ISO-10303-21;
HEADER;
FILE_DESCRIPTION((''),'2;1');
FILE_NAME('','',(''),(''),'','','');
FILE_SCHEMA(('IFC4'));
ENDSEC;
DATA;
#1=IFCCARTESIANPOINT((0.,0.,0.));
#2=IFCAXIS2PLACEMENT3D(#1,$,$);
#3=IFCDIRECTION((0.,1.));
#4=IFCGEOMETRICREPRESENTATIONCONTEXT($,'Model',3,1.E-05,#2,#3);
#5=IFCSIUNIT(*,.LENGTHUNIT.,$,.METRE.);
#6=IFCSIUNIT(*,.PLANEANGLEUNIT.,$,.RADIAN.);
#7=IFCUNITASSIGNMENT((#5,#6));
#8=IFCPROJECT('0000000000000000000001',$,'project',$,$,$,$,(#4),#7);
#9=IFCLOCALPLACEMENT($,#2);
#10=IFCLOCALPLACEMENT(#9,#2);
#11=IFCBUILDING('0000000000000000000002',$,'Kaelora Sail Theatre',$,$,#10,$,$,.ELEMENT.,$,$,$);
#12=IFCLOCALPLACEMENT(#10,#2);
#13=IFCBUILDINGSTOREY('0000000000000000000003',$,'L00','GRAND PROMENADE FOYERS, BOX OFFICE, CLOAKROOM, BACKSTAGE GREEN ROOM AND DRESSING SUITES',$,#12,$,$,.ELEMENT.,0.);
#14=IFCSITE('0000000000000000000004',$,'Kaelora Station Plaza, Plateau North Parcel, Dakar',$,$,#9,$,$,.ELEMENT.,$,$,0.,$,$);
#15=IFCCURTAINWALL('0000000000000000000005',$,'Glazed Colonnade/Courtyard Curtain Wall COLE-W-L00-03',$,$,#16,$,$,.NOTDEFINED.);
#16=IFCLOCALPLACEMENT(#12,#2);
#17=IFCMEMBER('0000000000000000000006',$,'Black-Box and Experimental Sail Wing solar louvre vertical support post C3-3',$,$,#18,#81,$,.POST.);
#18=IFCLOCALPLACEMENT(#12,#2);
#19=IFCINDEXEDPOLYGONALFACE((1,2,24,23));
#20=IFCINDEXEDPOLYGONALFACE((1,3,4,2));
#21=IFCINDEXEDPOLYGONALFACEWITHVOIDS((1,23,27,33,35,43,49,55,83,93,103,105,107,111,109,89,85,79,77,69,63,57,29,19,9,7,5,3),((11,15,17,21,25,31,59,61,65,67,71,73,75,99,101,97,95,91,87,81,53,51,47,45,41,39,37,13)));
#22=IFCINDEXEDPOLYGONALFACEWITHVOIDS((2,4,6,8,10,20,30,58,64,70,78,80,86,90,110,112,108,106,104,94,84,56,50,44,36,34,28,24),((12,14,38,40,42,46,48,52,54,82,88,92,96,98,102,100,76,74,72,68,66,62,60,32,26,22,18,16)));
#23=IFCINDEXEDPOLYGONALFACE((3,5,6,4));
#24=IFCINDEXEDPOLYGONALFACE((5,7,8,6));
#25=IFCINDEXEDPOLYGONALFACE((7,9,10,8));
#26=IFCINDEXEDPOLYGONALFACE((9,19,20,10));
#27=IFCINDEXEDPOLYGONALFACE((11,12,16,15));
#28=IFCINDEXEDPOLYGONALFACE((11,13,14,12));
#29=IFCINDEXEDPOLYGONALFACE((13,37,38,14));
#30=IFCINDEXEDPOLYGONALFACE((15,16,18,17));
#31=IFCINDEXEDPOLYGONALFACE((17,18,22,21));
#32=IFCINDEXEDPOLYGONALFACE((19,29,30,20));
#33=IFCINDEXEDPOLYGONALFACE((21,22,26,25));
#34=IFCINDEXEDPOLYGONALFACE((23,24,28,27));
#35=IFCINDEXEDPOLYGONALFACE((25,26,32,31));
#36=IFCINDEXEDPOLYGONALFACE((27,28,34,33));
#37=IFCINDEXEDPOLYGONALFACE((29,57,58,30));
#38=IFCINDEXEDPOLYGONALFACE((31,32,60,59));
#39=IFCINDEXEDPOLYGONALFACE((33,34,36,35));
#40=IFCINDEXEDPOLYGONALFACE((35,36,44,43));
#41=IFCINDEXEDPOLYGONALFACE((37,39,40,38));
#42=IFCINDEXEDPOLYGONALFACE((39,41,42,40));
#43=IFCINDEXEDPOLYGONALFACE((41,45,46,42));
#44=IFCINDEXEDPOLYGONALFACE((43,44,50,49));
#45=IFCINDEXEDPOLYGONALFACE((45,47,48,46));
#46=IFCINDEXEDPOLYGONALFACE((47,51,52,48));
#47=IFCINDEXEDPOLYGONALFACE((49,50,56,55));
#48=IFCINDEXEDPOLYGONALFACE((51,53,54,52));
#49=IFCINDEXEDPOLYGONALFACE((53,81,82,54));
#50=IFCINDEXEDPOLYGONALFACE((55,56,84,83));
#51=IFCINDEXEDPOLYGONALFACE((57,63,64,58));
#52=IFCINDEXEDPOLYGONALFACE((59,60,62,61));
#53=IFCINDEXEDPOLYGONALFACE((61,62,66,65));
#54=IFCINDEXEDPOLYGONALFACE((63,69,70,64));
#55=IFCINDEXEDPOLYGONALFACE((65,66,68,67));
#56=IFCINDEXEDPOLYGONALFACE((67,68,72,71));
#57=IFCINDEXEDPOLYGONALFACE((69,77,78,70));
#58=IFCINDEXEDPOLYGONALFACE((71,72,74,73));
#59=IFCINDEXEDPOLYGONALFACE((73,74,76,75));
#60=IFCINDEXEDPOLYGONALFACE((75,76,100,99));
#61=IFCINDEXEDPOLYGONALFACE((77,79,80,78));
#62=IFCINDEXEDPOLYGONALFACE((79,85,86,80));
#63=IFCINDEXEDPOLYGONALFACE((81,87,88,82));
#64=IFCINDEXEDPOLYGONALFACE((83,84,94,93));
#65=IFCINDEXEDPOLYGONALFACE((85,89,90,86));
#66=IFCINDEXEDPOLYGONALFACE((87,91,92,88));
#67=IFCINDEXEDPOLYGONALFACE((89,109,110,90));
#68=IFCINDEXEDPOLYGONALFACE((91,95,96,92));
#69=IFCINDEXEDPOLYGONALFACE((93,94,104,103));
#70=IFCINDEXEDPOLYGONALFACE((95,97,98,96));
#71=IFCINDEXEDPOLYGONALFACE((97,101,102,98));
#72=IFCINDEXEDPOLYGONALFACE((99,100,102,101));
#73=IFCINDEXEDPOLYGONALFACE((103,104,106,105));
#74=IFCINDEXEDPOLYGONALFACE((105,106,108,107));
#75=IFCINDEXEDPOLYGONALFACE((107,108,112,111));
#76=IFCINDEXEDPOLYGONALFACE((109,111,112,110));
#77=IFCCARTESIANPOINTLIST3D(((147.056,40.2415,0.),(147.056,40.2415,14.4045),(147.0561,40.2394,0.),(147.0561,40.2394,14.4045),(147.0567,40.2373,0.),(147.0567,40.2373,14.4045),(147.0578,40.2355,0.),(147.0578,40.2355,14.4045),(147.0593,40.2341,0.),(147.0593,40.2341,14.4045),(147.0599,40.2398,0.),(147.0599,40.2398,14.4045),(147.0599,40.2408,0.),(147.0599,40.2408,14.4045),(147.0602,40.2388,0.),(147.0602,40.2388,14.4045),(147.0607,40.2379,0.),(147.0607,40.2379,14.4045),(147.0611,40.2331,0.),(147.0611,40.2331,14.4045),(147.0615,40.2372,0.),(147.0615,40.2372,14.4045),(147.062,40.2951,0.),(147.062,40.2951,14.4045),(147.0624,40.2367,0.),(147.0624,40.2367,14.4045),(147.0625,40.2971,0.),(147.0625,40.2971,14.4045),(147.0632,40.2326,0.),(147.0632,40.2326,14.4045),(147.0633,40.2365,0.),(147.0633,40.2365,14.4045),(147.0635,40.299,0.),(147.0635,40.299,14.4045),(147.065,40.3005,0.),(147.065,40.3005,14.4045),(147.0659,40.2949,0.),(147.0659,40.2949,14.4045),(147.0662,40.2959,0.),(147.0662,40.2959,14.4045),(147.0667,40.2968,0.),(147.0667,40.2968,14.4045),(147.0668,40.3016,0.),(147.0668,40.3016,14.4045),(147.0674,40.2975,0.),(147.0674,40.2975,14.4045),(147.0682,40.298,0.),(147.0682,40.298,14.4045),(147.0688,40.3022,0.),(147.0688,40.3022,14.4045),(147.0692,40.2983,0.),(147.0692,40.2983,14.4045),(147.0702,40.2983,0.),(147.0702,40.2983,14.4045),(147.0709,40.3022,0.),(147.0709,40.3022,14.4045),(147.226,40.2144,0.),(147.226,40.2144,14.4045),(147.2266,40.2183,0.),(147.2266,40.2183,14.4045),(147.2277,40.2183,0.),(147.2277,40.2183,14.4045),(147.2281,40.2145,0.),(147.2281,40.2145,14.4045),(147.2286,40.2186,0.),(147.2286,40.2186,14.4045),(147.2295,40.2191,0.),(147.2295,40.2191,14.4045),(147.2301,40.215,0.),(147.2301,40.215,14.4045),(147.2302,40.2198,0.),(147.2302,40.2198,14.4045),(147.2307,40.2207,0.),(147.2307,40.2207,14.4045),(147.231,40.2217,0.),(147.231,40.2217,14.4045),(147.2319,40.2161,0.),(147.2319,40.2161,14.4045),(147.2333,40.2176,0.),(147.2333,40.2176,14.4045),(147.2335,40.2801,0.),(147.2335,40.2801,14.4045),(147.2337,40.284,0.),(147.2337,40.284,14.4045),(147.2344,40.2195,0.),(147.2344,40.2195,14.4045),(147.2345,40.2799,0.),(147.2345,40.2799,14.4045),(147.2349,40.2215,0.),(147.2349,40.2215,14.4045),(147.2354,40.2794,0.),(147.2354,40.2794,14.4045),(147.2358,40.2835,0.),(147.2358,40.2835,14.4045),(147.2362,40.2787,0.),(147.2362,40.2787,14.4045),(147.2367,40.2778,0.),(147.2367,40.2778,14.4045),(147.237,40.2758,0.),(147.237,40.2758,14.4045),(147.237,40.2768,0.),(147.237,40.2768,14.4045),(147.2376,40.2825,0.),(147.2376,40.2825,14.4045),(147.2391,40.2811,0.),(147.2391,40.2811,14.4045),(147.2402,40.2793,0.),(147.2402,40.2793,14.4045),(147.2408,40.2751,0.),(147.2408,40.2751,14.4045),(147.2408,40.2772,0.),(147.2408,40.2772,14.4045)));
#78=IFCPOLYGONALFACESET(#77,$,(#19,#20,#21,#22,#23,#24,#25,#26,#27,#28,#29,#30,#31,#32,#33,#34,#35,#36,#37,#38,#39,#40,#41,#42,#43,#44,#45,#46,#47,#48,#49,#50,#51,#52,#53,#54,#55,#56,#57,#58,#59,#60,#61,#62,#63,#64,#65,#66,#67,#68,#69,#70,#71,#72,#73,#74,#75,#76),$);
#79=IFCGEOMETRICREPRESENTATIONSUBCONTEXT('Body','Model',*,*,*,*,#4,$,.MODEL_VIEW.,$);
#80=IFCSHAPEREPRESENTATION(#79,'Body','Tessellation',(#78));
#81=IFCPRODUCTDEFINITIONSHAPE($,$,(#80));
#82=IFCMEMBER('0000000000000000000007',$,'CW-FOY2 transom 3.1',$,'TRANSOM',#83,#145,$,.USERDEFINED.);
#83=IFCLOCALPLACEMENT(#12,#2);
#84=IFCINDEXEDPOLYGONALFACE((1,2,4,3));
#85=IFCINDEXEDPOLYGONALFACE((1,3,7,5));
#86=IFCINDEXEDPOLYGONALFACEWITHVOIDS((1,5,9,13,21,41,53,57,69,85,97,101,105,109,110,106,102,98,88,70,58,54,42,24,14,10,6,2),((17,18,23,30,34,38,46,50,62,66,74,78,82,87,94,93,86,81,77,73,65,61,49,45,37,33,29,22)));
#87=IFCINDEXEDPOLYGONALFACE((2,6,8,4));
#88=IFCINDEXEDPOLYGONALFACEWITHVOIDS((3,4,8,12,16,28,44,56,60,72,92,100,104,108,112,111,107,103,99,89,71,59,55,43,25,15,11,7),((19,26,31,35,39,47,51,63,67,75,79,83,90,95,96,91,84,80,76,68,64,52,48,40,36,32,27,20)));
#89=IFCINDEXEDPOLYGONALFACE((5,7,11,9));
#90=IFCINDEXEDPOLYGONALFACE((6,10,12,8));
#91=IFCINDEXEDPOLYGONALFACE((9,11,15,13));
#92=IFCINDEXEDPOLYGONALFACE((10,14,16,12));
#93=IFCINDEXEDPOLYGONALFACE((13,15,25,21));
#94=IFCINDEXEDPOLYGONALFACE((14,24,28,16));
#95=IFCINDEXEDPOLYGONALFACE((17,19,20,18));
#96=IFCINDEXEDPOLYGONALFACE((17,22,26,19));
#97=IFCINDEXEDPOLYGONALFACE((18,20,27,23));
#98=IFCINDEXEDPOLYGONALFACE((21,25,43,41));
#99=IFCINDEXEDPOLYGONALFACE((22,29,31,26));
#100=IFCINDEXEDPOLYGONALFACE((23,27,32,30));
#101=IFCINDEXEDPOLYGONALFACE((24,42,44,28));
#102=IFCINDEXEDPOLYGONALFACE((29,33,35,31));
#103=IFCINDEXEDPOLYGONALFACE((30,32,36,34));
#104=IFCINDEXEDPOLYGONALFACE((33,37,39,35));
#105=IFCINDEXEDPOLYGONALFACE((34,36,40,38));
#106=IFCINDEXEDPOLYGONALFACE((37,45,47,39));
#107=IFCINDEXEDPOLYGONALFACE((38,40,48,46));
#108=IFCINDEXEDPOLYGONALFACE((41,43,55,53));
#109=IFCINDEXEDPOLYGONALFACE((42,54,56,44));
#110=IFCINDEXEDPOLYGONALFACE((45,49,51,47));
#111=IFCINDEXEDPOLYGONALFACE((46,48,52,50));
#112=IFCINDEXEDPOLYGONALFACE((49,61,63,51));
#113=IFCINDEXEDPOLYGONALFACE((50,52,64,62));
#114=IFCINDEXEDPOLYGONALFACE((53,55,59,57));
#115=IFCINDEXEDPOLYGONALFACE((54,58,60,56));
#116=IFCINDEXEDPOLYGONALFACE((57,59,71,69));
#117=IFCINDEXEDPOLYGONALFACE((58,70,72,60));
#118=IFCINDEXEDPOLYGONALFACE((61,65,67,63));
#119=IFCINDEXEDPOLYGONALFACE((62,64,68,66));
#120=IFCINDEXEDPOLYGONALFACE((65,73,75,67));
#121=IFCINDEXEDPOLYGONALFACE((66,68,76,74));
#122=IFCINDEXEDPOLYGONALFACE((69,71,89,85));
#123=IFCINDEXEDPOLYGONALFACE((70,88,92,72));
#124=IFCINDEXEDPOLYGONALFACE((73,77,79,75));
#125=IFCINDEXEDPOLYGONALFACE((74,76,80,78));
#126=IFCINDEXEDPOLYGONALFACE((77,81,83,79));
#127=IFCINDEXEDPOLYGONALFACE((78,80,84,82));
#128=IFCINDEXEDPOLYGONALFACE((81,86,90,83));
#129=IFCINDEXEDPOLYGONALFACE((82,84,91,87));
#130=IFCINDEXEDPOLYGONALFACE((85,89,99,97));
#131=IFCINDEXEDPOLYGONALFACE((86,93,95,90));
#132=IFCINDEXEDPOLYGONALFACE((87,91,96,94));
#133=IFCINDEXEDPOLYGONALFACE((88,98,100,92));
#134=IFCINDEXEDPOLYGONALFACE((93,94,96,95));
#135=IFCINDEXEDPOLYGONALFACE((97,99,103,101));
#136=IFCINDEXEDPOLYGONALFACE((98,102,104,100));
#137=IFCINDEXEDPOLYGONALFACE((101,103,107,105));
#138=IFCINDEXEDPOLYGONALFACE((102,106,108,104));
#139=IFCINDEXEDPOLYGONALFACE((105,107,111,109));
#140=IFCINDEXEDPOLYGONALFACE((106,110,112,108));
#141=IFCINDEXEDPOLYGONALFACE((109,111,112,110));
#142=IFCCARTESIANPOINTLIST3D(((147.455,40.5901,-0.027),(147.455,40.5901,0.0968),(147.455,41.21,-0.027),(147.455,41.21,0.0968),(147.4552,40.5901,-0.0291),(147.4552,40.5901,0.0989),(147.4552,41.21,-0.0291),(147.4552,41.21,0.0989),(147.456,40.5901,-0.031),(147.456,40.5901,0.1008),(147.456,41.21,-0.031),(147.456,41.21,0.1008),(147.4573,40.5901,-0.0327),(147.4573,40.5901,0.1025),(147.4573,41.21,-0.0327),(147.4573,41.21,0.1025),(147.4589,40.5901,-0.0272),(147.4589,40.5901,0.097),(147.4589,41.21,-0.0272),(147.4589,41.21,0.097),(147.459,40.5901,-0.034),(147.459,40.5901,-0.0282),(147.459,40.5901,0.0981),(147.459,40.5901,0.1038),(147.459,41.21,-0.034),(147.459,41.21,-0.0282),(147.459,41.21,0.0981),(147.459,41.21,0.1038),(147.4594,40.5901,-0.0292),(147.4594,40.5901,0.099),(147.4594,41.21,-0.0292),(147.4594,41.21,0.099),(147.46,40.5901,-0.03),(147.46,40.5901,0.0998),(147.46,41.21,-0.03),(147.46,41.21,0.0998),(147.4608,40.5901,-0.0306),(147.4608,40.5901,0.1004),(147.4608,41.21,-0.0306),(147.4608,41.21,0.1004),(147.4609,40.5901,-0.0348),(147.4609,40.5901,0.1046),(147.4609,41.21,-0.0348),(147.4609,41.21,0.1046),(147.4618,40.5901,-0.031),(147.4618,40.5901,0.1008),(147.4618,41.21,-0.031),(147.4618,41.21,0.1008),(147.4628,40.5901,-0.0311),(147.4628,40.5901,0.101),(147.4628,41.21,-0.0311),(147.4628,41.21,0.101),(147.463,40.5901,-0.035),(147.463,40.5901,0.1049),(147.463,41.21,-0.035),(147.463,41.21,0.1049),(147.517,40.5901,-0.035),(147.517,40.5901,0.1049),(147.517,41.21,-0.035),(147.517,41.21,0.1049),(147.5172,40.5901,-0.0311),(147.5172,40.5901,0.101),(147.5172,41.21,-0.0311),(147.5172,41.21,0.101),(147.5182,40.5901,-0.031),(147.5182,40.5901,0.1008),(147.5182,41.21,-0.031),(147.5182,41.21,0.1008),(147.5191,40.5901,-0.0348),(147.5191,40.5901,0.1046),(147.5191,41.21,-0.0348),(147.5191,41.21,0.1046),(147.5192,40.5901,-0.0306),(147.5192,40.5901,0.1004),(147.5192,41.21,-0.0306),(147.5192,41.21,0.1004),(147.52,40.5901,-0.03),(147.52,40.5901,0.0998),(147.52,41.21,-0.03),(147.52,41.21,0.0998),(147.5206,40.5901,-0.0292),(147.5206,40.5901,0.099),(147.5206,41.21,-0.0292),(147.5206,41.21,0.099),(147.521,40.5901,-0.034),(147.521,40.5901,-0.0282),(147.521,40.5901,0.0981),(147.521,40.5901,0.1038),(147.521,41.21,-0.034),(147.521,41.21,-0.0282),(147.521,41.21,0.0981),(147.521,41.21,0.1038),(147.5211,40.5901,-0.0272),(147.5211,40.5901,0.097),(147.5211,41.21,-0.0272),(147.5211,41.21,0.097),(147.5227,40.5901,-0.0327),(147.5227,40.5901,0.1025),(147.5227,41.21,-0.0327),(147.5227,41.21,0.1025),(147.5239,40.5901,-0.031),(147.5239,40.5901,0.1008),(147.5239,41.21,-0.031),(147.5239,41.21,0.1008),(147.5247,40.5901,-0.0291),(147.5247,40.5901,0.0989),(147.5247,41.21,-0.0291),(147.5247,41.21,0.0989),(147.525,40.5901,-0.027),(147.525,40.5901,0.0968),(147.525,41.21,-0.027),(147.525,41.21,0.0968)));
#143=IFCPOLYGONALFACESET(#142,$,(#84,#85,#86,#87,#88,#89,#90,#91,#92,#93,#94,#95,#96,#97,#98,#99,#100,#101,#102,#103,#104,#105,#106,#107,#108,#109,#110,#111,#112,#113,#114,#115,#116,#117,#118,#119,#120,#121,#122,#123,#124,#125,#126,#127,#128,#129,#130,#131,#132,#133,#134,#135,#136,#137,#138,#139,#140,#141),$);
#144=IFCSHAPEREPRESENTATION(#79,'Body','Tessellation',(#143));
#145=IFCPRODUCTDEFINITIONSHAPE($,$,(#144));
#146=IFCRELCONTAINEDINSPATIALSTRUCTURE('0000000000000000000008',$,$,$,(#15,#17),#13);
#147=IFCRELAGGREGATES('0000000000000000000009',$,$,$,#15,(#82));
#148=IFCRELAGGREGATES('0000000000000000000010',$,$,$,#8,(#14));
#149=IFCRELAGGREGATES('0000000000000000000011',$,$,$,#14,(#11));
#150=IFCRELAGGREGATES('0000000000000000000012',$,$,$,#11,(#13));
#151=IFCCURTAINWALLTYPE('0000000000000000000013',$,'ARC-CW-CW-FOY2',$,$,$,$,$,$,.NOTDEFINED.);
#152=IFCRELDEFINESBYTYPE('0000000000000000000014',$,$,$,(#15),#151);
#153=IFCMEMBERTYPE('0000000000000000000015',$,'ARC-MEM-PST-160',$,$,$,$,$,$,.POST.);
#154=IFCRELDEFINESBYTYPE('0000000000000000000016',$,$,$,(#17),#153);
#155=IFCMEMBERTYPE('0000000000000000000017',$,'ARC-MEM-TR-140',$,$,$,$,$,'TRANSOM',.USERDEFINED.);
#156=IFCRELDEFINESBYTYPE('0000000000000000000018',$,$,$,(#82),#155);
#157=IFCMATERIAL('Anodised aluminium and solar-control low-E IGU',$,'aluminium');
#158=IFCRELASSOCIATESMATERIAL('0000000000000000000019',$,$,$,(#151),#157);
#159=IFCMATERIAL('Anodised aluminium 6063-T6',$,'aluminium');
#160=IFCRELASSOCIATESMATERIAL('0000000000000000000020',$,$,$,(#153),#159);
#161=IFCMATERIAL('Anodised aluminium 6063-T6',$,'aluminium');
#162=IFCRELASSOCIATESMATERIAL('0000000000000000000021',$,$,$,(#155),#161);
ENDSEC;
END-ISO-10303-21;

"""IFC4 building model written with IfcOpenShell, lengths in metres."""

from ifc_helpers import new_model, si_unit, direction, frame, origin, origin_2d, place, context, subcontext, project, spatial, hollow_rectangle, extrude, material, material_profile, profile_set, type_object, element, aggregate, save


model = new_model("IFC4")

# Units and contexts
model_context = context("Model", 3, precision=1e-05, world=origin(), true_north=direction((0.0, 1.0)))
body_context = subcontext(model_context, "Body", "Model", "MODEL_VIEW")
ifc_project = project(units=[si_unit("LENGTHUNIT", "METRE"), si_unit("PLANEANGLEUNIT", "RADIAN")], contexts=[model_context])

# Site, building, storey
site_placement = place(None, origin())
site = spatial("IfcSite", under=ifc_project, at=site_placement, Name="Kaelora Station Plaza, Plateau North Parcel, Dakar", CompositionType="ELEMENT", RefElevation=0.0)
building_placement = place(site_placement, origin())
building = spatial("IfcBuilding", under=site, at=building_placement, Name="Kaelora Sail Theatre", CompositionType="ELEMENT")
storey_placement = place(building_placement, origin())
storey = spatial("IfcBuildingStorey", under=building, at=storey_placement, Name="L00", Description="GRAND PROMENADE FOYERS, BOX OFFICE, CLOAKROOM, BACKSTAGE GREEN ROOM AND DRESSING SUITES", CompositionType="ELEMENT", Elevation=0.0)

# Curtain wall
ifc_material_1 = material(Name="Anodised aluminium and solar-control low-E IGU", Category="aluminium")
curtain_wall_type = type_object("IfcCurtainWallType", Name="ARC-CW-CW-FOY2", PredefinedType="NOTDEFINED", material=ifc_material_1)
curtain_wall_placement = place(storey_placement, origin())
curtain_wall = element("IfcCurtainWall", 1, at=curtain_wall_placement, inside=storey, type_object=curtain_wall_type, Name="Glazed Colonnade/Courtyard Curtain Wall COLE-W-L00-03", PredefinedType="NOTDEFINED")

# Members
ifc_material_2 = material(Name="Anodised aluminium 6063-T6", Category="aluminium")
ifc_material_profile_1 = material_profile(ifc_material_2, hollow_rectangle(XDim=0.0701, YDim=0.1799, WallThickness=0.0039, InnerFilletRadius=0.0039, OuterFilletRadius=0.0081, at=origin_2d()), Name="ALU-MULL 70x180x4")
ifc_profile_set_1 = profile_set([ifc_material_profile_1], Name="Anodised aluminium 6063-T6")
member_type_1 = type_object("IfcMemberType", Name="ARC-MEM-PST-160", PredefinedType="POST", material=ifc_profile_set_1)
member_1_placement = place(storey_placement, frame((147.1484, 40.2583, 0.0), z_axis=(0.0, 0.0, 1.0), x_axis=(-0.110775, -0.993845, 0.0)))
element("IfcMember", 2, at=member_1_placement, inside=storey, type_object=member_type_1, Name="Black-Box and Experimental Sail Wing solar louvre vertical support post C3-3", PredefinedType="POST", context=body_context, shape_type="SweptSolid", body=[
    extrude(hollow_rectangle(XDim=0.0701, YDim=0.1799, WallThickness=0.0039, InnerFilletRadius=0.0039, OuterFilletRadius=0.0081, at=origin_2d()), origin(), (0.0, 0.0, 1.0), 14.4045),
])
ifc_material_3 = material(Name="Anodised aluminium 6063-T6", Category="aluminium")
ifc_material_profile_2 = material_profile(ifc_material_3, hollow_rectangle(XDim=0.0701, YDim=0.1399, WallThickness=0.0039, InnerFilletRadius=0.0039, OuterFilletRadius=0.0081, at=origin_2d()), Name="ALU-TRAN 70x140x4")
ifc_profile_set_2 = profile_set([ifc_material_profile_2], Name="Anodised aluminium 6063-T6")
member_type_2 = type_object("IfcMemberType", Name="ARC-MEM-TR-140", ElementType="TRANSOM", PredefinedType="USERDEFINED", material=ifc_profile_set_2)
member_2_placement = place(storey_placement, frame((147.49, 40.5901, 0.0349), z_axis=(0.0, 1.0, 0.0), x_axis=(-1.0, 0.0, 0.0)))
member_2 = element("IfcMember", 3, at=member_2_placement, type_object=member_type_2, Name="CW-FOY2 transom 3.1", ObjectType="TRANSOM", PredefinedType="USERDEFINED", context=body_context, shape_type="SweptSolid", body=[
    extrude(hollow_rectangle(XDim=0.0701, YDim=0.1399, WallThickness=0.0039, InnerFilletRadius=0.0039, OuterFilletRadius=0.0081, at=origin_2d()), origin(), (0.0, 0.0, 1.0), 0.6199),
])

aggregate(curtain_wall, [member_2])

save(model, "model.ifc")
